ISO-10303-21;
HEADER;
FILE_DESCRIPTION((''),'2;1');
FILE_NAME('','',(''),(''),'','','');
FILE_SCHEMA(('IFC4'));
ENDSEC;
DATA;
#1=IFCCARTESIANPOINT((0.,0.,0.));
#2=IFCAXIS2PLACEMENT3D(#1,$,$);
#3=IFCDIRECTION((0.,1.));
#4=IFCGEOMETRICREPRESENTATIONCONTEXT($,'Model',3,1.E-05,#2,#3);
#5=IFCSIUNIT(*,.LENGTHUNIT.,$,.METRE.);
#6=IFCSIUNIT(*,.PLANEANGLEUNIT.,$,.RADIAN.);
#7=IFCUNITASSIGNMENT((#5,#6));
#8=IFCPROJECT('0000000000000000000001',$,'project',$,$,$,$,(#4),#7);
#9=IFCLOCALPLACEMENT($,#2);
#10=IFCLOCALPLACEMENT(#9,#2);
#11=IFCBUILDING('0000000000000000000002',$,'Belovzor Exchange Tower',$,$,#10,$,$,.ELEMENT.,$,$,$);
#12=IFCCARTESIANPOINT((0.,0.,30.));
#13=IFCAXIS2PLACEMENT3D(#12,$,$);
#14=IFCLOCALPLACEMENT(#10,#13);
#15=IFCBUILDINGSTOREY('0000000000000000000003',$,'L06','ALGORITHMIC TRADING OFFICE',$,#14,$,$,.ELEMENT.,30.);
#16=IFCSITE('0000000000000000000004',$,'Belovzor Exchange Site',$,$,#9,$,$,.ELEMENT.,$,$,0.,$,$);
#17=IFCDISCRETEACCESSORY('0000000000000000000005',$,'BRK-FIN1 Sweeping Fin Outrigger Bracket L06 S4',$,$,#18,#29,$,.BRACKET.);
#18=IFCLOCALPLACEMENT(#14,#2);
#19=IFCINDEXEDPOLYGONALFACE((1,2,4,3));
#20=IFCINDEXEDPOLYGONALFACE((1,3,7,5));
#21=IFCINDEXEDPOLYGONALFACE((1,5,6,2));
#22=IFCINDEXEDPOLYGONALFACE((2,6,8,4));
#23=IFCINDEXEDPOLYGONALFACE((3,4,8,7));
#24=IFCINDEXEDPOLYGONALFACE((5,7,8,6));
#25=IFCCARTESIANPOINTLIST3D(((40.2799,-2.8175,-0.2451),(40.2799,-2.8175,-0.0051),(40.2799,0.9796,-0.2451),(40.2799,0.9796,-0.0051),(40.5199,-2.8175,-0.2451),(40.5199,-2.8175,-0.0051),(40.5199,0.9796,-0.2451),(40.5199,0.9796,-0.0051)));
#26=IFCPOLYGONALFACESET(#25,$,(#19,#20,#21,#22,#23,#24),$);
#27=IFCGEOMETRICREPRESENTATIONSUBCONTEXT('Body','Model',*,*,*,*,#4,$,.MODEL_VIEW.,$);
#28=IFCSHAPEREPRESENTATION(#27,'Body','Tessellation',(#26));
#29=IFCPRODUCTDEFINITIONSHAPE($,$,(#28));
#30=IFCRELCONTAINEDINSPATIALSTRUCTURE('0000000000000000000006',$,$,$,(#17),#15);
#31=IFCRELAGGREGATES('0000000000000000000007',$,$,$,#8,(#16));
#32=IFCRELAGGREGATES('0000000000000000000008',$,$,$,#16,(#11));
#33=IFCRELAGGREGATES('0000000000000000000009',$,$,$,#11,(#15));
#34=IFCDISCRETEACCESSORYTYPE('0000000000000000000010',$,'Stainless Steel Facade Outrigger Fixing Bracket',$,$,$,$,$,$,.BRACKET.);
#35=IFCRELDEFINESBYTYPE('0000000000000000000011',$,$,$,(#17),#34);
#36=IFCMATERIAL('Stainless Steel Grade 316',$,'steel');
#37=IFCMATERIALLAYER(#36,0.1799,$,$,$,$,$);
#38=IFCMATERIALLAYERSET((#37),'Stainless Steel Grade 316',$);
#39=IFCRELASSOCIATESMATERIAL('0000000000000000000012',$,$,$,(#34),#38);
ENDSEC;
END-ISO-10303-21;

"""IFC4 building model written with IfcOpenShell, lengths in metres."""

from ifc_helpers import new_model, si_unit, direction, frame, origin, origin_2d, place, context, subcontext, project, spatial, rectangle, extrude, material, layer, layer_set, type_object, element, save


model = new_model("IFC4")

# Units and contexts
model_context = context("Model", 3, precision=1e-05, world=origin(), true_north=direction((0.0, 1.0)))
body_context = subcontext(model_context, "Body", "Model", "MODEL_VIEW")
ifc_project = project(units=[si_unit("LENGTHUNIT", "METRE"), si_unit("PLANEANGLEUNIT", "RADIAN")], contexts=[model_context])

# Site, building, storey
site_placement = place(None, origin())
site = spatial("IfcSite", under=ifc_project, at=site_placement, Name="Belovzor Exchange Site", CompositionType="ELEMENT", RefElevation=0.0)
building_placement = place(site_placement, origin())
building = spatial("IfcBuilding", under=site, at=building_placement, Name="Belovzor Exchange Tower", CompositionType="ELEMENT")
storey_placement = place(building_placement, frame((0.0, 0.0, 30.0)))
storey = spatial("IfcBuildingStorey", under=building, at=storey_placement, Name="L06", Description="ALGORITHMIC TRADING OFFICE", CompositionType="ELEMENT", Elevation=30.0)

# Discrete accessory
ifc_material_1 = material(Name="Stainless Steel Grade 316", Category="steel")
ifc_layer_1 = layer(ifc_material_1, 0.1799)
ifc_layer_set_1 = layer_set([ifc_layer_1], Name="Stainless Steel Grade 316")
discrete_accessory_type = type_object("IfcDiscreteAccessoryType", Name="Stainless Steel Facade Outrigger Fixing Bracket", PredefinedType="BRACKET", material=ifc_layer_set_1)
discrete_accessory_placement = place(storey_placement, frame((40.3999, -0.9189, -0.2451), z_axis=(0.0, 0.0, 1.0), x_axis=(0.0, 1.0, 0.0)))
element("IfcDiscreteAccessory", 1, at=discrete_accessory_placement, inside=storey, type_object=discrete_accessory_type, Name="BRK-FIN1 Sweeping Fin Outrigger Bracket L06 S4", PredefinedType="BRACKET", context=body_context, shape_type="SweptSolid", body=[
    extrude(rectangle(XDim=3.7971, YDim=0.24, at=origin_2d()), origin(), (0.0, 0.0, 1.0), 0.24),
])

save(model, "model.ifc")
